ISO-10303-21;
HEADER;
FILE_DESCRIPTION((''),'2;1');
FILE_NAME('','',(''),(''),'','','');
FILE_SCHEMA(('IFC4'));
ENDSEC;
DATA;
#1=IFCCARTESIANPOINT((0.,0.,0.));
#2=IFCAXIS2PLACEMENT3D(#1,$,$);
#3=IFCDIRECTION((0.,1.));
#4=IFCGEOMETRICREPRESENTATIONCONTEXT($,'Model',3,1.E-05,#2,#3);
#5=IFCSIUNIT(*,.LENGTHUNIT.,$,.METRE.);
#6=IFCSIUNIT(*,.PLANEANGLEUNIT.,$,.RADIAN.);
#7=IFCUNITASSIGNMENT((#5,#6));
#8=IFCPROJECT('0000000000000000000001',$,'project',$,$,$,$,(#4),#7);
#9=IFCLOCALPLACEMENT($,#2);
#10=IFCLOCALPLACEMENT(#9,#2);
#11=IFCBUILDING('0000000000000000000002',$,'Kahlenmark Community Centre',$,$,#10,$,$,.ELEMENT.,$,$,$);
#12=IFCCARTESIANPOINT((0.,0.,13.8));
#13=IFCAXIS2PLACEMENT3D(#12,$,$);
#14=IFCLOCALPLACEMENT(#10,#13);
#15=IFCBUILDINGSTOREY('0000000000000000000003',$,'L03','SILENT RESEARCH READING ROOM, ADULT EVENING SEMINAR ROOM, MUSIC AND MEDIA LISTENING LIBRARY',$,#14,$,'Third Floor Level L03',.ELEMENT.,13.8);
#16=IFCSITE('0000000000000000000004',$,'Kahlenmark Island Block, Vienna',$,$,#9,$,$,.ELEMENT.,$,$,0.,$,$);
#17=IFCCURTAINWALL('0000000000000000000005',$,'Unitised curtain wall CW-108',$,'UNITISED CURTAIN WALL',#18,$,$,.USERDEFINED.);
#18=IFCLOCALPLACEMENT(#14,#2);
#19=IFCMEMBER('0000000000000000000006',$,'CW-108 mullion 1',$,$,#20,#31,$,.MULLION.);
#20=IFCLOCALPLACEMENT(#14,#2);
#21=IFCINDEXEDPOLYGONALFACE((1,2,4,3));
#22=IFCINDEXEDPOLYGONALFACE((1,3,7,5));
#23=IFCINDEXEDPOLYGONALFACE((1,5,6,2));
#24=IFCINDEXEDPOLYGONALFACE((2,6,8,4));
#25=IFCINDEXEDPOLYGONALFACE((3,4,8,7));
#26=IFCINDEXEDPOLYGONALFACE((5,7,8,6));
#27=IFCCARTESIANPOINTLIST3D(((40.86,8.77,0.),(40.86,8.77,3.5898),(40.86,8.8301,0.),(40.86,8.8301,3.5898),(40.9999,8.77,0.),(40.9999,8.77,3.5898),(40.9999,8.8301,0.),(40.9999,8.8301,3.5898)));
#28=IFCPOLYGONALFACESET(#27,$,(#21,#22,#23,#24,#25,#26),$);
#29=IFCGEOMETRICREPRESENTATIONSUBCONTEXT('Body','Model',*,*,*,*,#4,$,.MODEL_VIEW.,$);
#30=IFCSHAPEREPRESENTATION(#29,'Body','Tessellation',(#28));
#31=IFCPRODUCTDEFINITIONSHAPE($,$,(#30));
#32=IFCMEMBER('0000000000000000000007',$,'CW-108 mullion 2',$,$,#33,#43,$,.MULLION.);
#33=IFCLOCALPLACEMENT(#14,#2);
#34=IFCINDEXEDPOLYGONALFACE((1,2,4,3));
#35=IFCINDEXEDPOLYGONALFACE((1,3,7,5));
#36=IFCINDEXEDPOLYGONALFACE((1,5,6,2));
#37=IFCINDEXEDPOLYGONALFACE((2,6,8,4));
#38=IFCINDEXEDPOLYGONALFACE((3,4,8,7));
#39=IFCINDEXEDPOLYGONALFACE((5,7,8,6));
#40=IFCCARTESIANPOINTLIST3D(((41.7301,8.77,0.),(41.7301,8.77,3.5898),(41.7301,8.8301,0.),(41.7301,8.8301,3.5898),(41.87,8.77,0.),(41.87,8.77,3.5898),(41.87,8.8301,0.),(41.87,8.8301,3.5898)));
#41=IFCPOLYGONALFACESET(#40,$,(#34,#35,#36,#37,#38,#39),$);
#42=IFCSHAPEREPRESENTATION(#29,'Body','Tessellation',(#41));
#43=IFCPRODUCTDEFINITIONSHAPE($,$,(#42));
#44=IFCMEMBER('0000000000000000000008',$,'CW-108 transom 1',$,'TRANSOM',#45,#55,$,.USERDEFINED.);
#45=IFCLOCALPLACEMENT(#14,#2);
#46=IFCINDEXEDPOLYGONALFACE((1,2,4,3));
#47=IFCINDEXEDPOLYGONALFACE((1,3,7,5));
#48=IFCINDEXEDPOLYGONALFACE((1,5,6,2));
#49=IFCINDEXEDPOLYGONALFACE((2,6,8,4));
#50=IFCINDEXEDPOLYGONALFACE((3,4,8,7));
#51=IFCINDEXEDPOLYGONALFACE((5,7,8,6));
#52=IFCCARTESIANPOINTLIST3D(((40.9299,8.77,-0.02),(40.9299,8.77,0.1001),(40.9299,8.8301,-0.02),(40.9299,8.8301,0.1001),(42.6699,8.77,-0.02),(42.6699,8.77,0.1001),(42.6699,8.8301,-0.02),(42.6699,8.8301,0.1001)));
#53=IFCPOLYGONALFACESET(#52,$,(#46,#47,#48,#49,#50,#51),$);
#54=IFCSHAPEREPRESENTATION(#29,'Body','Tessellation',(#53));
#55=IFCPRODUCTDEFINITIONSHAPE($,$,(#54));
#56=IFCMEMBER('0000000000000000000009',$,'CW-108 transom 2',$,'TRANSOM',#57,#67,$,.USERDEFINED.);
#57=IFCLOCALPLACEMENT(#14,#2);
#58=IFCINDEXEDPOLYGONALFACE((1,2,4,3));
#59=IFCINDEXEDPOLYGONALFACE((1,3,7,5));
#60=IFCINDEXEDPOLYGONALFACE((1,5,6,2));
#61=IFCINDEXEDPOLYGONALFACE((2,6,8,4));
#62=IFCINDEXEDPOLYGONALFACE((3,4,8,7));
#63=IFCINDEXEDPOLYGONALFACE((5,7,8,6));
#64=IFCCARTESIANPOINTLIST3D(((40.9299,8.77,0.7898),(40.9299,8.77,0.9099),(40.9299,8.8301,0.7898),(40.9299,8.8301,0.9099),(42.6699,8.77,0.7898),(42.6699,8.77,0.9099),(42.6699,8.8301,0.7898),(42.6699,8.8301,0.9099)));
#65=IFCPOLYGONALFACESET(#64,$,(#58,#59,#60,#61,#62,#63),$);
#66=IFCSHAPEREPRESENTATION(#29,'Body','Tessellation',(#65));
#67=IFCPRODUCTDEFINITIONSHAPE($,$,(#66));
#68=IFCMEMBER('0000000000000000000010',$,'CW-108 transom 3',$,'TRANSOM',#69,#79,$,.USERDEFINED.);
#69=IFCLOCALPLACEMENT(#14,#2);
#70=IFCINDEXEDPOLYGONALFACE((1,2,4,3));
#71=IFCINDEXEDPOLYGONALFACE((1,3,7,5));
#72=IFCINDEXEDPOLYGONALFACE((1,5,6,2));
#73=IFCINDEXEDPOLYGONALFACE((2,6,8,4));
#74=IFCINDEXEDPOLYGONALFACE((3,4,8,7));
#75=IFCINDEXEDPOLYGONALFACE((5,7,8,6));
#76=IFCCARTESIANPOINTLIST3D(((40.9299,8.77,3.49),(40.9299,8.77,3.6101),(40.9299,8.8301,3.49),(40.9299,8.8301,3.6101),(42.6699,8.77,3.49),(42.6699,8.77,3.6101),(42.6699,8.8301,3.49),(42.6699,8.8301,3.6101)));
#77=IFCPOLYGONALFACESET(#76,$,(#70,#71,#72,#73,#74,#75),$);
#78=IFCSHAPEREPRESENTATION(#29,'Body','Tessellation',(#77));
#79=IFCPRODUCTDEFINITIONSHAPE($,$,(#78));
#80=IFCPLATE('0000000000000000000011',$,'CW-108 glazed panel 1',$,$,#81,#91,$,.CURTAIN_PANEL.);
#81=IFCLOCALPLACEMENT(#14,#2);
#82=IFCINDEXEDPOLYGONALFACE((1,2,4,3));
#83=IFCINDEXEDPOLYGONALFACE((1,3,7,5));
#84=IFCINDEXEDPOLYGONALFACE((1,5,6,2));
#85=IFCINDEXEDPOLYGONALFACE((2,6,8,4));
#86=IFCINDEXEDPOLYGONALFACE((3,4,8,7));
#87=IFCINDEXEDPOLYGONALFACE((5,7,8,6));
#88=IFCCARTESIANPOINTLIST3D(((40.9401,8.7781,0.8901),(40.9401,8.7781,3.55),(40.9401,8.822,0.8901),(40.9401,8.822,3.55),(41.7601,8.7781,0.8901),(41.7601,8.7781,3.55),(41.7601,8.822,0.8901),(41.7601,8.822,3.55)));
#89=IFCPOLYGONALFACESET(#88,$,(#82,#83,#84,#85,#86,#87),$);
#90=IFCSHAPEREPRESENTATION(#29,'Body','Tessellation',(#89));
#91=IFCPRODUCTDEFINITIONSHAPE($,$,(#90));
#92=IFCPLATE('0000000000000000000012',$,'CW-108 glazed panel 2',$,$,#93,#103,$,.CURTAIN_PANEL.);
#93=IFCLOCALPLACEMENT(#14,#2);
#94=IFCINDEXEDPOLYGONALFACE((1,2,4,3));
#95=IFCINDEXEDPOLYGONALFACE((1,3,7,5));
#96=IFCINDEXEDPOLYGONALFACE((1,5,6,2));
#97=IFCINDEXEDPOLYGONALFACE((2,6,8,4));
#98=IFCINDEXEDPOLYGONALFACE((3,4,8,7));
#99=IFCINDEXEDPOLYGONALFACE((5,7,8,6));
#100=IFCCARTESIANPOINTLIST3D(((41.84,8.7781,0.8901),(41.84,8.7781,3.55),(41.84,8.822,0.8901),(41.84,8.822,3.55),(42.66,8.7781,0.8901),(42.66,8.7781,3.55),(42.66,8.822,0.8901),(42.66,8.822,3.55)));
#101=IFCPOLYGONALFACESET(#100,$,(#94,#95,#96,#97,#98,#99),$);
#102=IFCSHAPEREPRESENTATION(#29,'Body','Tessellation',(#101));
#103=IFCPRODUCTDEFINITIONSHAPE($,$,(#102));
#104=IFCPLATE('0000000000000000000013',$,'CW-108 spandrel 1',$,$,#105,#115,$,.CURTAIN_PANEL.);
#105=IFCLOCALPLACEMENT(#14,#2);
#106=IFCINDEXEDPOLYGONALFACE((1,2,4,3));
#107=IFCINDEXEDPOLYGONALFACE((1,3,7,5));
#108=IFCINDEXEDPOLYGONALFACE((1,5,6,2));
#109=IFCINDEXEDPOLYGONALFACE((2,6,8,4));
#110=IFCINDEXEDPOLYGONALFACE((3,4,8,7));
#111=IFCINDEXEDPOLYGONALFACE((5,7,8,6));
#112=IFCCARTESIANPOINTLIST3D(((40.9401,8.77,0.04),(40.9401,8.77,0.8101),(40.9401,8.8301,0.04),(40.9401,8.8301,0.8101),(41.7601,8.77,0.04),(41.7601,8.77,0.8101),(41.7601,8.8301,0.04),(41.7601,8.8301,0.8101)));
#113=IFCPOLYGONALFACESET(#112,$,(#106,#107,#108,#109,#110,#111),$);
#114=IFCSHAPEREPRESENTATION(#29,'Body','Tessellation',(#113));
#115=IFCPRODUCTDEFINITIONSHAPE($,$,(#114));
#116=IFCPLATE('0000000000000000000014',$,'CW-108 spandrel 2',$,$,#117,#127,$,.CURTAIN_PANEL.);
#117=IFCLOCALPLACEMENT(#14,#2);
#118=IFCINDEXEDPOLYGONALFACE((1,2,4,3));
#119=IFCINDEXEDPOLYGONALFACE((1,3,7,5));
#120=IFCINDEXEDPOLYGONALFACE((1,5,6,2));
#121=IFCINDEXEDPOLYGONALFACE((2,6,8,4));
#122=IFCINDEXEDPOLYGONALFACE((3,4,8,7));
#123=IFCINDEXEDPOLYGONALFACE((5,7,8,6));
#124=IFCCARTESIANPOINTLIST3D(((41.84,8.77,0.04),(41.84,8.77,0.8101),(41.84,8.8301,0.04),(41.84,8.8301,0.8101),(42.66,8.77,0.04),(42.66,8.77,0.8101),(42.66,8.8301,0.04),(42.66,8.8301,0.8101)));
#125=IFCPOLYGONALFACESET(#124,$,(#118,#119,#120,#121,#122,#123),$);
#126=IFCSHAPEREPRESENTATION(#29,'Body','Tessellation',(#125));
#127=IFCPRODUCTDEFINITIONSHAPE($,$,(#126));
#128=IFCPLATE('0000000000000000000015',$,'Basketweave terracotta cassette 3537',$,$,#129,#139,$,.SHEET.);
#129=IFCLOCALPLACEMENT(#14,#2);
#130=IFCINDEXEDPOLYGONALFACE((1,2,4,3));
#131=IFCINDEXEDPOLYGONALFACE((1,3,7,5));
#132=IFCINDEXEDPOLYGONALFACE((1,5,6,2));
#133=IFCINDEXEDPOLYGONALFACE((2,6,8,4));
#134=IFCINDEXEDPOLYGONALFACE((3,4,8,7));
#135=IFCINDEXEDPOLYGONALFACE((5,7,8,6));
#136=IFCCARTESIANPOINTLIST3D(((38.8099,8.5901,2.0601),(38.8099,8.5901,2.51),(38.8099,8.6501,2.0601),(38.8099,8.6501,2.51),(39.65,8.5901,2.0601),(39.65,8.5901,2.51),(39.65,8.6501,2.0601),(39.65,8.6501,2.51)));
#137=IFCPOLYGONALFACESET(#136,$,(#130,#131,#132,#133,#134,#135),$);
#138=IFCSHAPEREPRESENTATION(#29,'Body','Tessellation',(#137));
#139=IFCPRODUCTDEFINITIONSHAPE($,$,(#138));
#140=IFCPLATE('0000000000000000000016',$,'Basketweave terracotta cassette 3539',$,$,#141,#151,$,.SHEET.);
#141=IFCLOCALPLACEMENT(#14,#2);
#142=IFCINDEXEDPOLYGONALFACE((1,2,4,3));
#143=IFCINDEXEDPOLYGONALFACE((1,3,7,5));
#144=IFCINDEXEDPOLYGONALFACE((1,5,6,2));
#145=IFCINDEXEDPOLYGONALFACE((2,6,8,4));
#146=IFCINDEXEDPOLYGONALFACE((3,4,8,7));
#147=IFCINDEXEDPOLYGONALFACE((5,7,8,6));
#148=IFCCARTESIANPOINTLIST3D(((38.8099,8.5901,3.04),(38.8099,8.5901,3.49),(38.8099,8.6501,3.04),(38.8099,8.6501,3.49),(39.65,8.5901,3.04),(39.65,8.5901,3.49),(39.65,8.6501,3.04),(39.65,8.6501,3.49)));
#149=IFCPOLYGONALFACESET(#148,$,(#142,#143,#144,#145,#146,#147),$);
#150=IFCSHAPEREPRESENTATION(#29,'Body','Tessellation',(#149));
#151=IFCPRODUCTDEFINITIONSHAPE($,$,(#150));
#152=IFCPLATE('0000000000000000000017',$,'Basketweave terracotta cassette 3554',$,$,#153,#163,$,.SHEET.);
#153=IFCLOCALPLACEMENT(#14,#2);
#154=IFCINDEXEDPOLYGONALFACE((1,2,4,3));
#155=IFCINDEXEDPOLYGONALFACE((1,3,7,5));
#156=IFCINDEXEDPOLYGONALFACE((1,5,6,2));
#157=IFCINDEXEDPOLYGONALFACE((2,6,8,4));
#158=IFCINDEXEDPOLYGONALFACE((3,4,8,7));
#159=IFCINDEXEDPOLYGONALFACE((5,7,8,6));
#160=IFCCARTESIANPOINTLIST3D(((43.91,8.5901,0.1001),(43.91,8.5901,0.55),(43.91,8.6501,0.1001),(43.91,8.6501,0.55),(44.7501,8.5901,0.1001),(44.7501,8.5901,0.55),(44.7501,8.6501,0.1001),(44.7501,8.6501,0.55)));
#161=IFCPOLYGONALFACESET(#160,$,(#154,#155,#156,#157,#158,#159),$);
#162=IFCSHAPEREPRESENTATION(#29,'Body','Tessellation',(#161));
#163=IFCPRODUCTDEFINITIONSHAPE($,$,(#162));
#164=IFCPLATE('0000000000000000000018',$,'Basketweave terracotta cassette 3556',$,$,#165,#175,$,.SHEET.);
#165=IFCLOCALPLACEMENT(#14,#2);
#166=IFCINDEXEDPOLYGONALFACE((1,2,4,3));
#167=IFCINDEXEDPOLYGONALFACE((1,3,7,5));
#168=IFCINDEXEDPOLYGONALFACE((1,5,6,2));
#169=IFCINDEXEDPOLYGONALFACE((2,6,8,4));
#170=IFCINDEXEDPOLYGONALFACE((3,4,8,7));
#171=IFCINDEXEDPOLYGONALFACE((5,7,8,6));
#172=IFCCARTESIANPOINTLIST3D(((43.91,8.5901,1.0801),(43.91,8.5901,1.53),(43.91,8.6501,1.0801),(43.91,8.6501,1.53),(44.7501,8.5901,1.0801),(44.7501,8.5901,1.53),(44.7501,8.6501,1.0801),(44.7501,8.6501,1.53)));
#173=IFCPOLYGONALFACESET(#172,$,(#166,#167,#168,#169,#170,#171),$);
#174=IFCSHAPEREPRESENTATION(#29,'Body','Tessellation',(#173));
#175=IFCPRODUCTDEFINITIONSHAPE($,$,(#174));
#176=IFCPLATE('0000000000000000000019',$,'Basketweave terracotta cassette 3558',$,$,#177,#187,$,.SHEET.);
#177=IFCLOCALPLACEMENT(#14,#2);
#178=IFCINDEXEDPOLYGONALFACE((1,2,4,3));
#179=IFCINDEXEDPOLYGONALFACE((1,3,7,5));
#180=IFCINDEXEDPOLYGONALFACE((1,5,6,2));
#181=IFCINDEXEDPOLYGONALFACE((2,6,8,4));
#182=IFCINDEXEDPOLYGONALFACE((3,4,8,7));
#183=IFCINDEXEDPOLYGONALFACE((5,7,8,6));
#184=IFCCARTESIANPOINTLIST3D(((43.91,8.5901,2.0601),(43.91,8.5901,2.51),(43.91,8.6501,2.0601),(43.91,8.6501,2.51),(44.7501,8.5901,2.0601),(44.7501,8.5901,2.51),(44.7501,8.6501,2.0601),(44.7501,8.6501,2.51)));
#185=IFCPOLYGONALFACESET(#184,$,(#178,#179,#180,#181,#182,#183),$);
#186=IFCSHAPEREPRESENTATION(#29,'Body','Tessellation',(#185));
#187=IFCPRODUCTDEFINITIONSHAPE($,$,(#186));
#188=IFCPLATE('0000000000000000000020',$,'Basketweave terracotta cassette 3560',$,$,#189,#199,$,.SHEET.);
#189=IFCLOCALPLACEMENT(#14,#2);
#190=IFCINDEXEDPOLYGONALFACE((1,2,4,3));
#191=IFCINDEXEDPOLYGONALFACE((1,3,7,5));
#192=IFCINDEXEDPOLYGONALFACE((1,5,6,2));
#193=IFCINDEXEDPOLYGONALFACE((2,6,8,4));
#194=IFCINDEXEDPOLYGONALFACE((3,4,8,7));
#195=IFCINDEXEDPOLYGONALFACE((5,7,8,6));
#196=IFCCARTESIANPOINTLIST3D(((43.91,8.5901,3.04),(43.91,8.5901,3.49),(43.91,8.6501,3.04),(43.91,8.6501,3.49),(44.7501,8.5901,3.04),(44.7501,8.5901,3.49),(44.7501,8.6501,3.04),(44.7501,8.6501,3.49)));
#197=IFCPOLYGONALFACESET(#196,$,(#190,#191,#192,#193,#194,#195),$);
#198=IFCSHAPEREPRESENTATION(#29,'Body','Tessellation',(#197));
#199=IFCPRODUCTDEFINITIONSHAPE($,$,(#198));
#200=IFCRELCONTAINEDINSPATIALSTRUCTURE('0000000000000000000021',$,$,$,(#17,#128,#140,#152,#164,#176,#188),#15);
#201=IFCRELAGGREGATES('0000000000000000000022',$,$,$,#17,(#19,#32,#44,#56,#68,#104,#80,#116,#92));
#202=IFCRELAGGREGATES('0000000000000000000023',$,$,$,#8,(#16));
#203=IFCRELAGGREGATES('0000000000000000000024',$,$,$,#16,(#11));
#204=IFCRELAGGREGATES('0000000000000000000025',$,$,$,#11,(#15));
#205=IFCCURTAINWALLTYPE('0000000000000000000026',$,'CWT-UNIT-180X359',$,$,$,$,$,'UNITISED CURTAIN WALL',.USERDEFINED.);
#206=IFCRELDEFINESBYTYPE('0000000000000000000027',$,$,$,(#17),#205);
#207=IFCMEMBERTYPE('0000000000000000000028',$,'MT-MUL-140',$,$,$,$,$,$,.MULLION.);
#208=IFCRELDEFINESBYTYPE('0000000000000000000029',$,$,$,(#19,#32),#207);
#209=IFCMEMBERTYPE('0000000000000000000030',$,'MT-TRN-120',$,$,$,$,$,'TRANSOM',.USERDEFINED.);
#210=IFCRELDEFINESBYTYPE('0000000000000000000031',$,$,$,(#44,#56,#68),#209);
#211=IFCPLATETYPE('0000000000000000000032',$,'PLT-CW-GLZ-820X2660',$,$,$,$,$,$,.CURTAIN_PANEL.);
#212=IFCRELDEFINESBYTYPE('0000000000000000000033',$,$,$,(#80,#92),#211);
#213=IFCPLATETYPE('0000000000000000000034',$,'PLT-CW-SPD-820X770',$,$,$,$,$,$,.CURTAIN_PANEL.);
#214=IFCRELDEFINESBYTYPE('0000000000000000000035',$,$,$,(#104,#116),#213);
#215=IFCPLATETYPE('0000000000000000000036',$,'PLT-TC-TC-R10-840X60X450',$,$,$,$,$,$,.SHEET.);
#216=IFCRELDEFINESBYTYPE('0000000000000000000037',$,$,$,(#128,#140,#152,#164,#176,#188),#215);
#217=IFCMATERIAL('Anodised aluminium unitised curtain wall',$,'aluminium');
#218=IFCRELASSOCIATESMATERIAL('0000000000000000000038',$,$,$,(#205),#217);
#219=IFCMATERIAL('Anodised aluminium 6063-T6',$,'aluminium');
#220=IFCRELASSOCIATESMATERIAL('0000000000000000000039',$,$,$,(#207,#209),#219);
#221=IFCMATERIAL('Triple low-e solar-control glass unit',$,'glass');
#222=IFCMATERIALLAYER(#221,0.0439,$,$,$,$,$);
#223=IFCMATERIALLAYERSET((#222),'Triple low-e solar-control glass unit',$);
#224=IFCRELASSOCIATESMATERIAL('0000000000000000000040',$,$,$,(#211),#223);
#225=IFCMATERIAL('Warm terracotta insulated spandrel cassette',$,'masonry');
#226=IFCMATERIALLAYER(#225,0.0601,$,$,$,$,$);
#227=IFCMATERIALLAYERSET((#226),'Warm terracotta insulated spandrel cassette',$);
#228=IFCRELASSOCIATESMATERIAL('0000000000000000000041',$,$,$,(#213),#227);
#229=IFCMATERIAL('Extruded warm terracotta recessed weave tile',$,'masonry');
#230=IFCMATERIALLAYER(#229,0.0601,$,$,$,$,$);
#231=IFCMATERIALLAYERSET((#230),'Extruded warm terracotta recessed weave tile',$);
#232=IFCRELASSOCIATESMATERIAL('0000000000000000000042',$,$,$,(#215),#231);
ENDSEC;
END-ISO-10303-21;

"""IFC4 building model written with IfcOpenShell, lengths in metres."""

from ifc_helpers import new_model, si_unit, direction, frame, origin, origin_2d, place, context, subcontext, project, spatial, rectangle, extrude, material, layer, layer_set, material_profile, profile_set, type_object, element, aggregate, save


model = new_model("IFC4")

# Units and contexts
model_context = context("Model", 3, precision=1e-05, world=origin(), true_north=direction((0.0, 1.0)))
body_context = subcontext(model_context, "Body", "Model", "MODEL_VIEW")
ifc_project = project(units=[si_unit("LENGTHUNIT", "METRE"), si_unit("PLANEANGLEUNIT", "RADIAN")], contexts=[model_context])

# Site, building, storey
site_placement = place(None, origin())
site = spatial("IfcSite", under=ifc_project, at=site_placement, Name="Kahlenmark Island Block, Vienna", CompositionType="ELEMENT", RefElevation=0.0)
building_placement = place(site_placement, origin())
building = spatial("IfcBuilding", under=site, at=building_placement, Name="Kahlenmark Community Centre", CompositionType="ELEMENT")
storey_placement = place(building_placement, frame((0.0, 0.0, 13.8)))
storey = spatial("IfcBuildingStorey", under=building, at=storey_placement, Name="L03", Description="SILENT RESEARCH READING ROOM, ADULT EVENING SEMINAR ROOM, MUSIC AND MEDIA LISTENING LIBRARY", LongName="Third Floor Level L03", CompositionType="ELEMENT", Elevation=13.8)

# Curtain wall, members, plates
ifc_material_1 = material(Name="Anodised aluminium unitised curtain wall", Category="aluminium")
curtain_wall_type = type_object("IfcCurtainWallType", Name="CWT-UNIT-180X359", ElementType="UNITISED CURTAIN WALL", PredefinedType="USERDEFINED", material=ifc_material_1)
curtain_wall_placement = place(storey_placement, origin())
curtain_wall = element("IfcCurtainWall", 1, at=curtain_wall_placement, inside=storey, type_object=curtain_wall_type, Name="Unitised curtain wall CW-108", ObjectType="UNITISED CURTAIN WALL", PredefinedType="USERDEFINED")
ifc_material_2 = material(Name="Anodised aluminium 6063-T6", Category="aluminium")
ifc_material_profile_1 = material_profile(ifc_material_2, rectangle(XDim=0.0601, YDim=0.1399, at=origin_2d()), Name="ALU MULLION 60x140")
ifc_profile_set_1 = profile_set([ifc_material_profile_1], Name="Anodised aluminium 6063-T6")
member_type_1 = type_object("IfcMemberType", Name="MT-MUL-140", PredefinedType="MULLION", material=ifc_profile_set_1)
member_1_placement = place(storey_placement, frame((40.9299, 8.8, 0.0), z_axis=(0.0, 0.0, 1.0), x_axis=(0.0, 1.0, 0.0)))
member_1 = element("IfcMember", 2, at=member_1_placement, type_object=member_type_1, Name="CW-108 mullion 1", PredefinedType="MULLION", context=body_context, shape_type="SweptSolid", body=[
    extrude(rectangle(XDim=0.0601, YDim=0.1399, at=origin_2d()), origin(), (0.0, 0.0, 1.0), 3.5898),
])
member_2_placement = place(storey_placement, frame((41.8, 8.8, 0.0), z_axis=(0.0, 0.0, 1.0), x_axis=(0.0, 1.0, 0.0)))
member_2 = element("IfcMember", 3, at=member_2_placement, type_object=member_type_1, Name="CW-108 mullion 2", PredefinedType="MULLION", context=body_context, shape_type="SweptSolid", body=[
    extrude(rectangle(XDim=0.0601, YDim=0.1399, at=origin_2d()), origin(), (0.0, 0.0, 1.0), 3.5898),
])
ifc_material_profile_2 = material_profile(ifc_material_2, rectangle(XDim=0.0601, YDim=0.1201, at=origin_2d()), Name="ALU TRANSOM 60x120")
ifc_profile_set_2 = profile_set([ifc_material_profile_2], Name="Anodised aluminium 6063-T6")
member_type_2 = type_object("IfcMemberType", Name="MT-TRN-120", ElementType="TRANSOM", PredefinedType="USERDEFINED", material=ifc_profile_set_2)
member_3_placement = place(storey_placement, frame((40.9299, 8.8, 0.04), z_axis=(1.0, 0.0, 0.0), x_axis=(0.0, 1.0, 0.0)))
member_3 = element("IfcMember", 4, at=member_3_placement, type_object=member_type_2, Name="CW-108 transom 1", ObjectType="TRANSOM", PredefinedType="USERDEFINED", context=body_context, shape_type="SweptSolid", body=[
    extrude(rectangle(XDim=0.0601, YDim=0.1201, at=origin_2d()), origin(), (0.0, 0.0, 1.0), 1.74),
])
member_4_placement = place(storey_placement, frame((40.9299, 8.8, 0.8499), z_axis=(1.0, 0.0, 0.0), x_axis=(0.0, 1.0, 0.0)))
member_4 = element("IfcMember", 5, at=member_4_placement, type_object=member_type_2, Name="CW-108 transom 2", ObjectType="TRANSOM", PredefinedType="USERDEFINED", context=body_context, shape_type="SweptSolid", body=[
    extrude(rectangle(XDim=0.0601, YDim=0.1201, at=origin_2d()), origin(), (0.0, 0.0, 1.0), 1.74),
])
member_5_placement = place(storey_placement, frame((40.9299, 8.8, 3.55), z_axis=(1.0, 0.0, 0.0), x_axis=(0.0, 1.0, 0.0)))
member_5 = element("IfcMember", 6, at=member_5_placement, type_object=member_type_2, Name="CW-108 transom 3", ObjectType="TRANSOM", PredefinedType="USERDEFINED", context=body_context, shape_type="SweptSolid", body=[
    extrude(rectangle(XDim=0.0601, YDim=0.1201, at=origin_2d()), origin(), (0.0, 0.0, 1.0), 1.74),
])
ifc_material_3 = material(Name="Triple low-e solar-control glass unit", Category="glass")
ifc_layer_1 = layer(ifc_material_3, 0.0439)
ifc_layer_set_1 = layer_set([ifc_layer_1], Name="Triple low-e solar-control glass unit")
plate_type_1 = type_object("IfcPlateType", Name="PLT-CW-GLZ-820X2660", PredefinedType="CURTAIN_PANEL", material=ifc_layer_set_1)
plate_1_placement = place(storey_placement, frame((41.3501, 8.8, 0.8901), z_axis=(0.0, 0.0, 1.0), x_axis=(1.0, 0.0, 0.0)))
plate_1 = element("IfcPlate", 7, at=plate_1_placement, type_object=plate_type_1, Name="CW-108 glazed panel 1", PredefinedType="CURTAIN_PANEL", context=body_context, shape_type="SweptSolid", body=[
    extrude(rectangle(XDim=0.8201, YDim=0.0439, at=origin_2d()), origin(), (0.0, 0.0, 1.0), 2.6599),
])
plate_2_placement = place(storey_placement, frame((42.25, 8.8, 0.8901), z_axis=(0.0, 0.0, 1.0), x_axis=(1.0, 0.0, 0.0)))
plate_2 = element("IfcPlate", 8, at=plate_2_placement, type_object=plate_type_1, Name="CW-108 glazed panel 2", PredefinedType="CURTAIN_PANEL", context=body_context, shape_type="SweptSolid", body=[
    extrude(rectangle(XDim=0.8201, YDim=0.0439, at=origin_2d()), origin(), (0.0, 0.0, 1.0), 2.6599),
])
ifc_material_4 = material(Name="Warm terracotta insulated spandrel cassette", Category="masonry")
ifc_layer_2 = layer(ifc_material_4, 0.0601)
ifc_layer_set_2 = layer_set([ifc_layer_2], Name="Warm terracotta insulated spandrel cassette")
plate_type_2 = type_object("IfcPlateType", Name="PLT-CW-SPD-820X770", PredefinedType="CURTAIN_PANEL", material=ifc_layer_set_2)
plate_3_placement = place(storey_placement, frame((41.3501, 8.8, 0.04), z_axis=(0.0, 0.0, 1.0), x_axis=(1.0, 0.0, 0.0)))
plate_3 = element("IfcPlate", 9, at=plate_3_placement, type_object=plate_type_2, Name="CW-108 spandrel 1", PredefinedType="CURTAIN_PANEL", context=body_context, shape_type="SweptSolid", body=[
    extrude(rectangle(XDim=0.8201, YDim=0.0601, at=origin_2d()), origin(), (0.0, 0.0, 1.0), 0.77),
])
plate_4_placement = place(storey_placement, frame((42.25, 8.8, 0.04), z_axis=(0.0, 0.0, 1.0), x_axis=(1.0, 0.0, 0.0)))
plate_4 = element("IfcPlate", 10, at=plate_4_placement, type_object=plate_type_2, Name="CW-108 spandrel 2", PredefinedType="CURTAIN_PANEL", context=body_context, shape_type="SweptSolid", body=[
    extrude(rectangle(XDim=0.8201, YDim=0.0601, at=origin_2d()), origin(), (0.0, 0.0, 1.0), 0.77),
])
aggregate(curtain_wall, [member_1, member_2, member_3, member_4, member_5, plate_3, plate_1, plate_4, plate_2])

# Plates
ifc_material_5 = material(Name="Extruded warm terracotta recessed weave tile", Category="masonry")
ifc_layer_3 = layer(ifc_material_5, 0.0601)
ifc_layer_set_3 = layer_set([ifc_layer_3], Name="Extruded warm terracotta recessed weave tile")
plate_type_3 = type_object("IfcPlateType", Name="PLT-TC-TC-R10-840X60X450", PredefinedType="SHEET", material=ifc_layer_set_3)
for number, where, z_axis, x_axis, name in (
    (11, (39.23, 8.6201, 2.0601), (0.0, 0.0, 1.0), (1.0, 0.0, 0.0), "Basketweave terracotta cassette 3537"),
    (12, (39.23, 8.6201, 3.04), (0.0, 0.0, 1.0), (1.0, 0.0, 0.0), "Basketweave terracotta cassette 3539"),
    (13, (44.3301, 8.6201, 0.1001), (0.0, 0.0, 1.0), (1.0, 0.0, 0.0), "Basketweave terracotta cassette 3554"),
    (14, (44.3301, 8.6201, 1.0801), (0.0, 0.0, 1.0), (1.0, 0.0, 0.0), "Basketweave terracotta cassette 3556"),
    (15, (44.3301, 8.6201, 2.0601), (0.0, 0.0, 1.0), (1.0, 0.0, 0.0), "Basketweave terracotta cassette 3558"),
    (16, (44.3301, 8.6201, 3.04), (0.0, 0.0, 1.0), (1.0, 0.0, 0.0), "Basketweave terracotta cassette 3560"),
):
    element("IfcPlate", number, at=place(storey_placement, frame(where, z_axis=z_axis, x_axis=x_axis)), inside=storey, type_object=plate_type_3, Name=name, PredefinedType="SHEET", context=body_context, shape_type="SweptSolid", body=[
        extrude(rectangle(XDim=0.8401, YDim=0.0601, at=origin_2d()), origin(), (0.0, 0.0, 1.0), 0.45),
    ])

save(model, "model.ifc")
